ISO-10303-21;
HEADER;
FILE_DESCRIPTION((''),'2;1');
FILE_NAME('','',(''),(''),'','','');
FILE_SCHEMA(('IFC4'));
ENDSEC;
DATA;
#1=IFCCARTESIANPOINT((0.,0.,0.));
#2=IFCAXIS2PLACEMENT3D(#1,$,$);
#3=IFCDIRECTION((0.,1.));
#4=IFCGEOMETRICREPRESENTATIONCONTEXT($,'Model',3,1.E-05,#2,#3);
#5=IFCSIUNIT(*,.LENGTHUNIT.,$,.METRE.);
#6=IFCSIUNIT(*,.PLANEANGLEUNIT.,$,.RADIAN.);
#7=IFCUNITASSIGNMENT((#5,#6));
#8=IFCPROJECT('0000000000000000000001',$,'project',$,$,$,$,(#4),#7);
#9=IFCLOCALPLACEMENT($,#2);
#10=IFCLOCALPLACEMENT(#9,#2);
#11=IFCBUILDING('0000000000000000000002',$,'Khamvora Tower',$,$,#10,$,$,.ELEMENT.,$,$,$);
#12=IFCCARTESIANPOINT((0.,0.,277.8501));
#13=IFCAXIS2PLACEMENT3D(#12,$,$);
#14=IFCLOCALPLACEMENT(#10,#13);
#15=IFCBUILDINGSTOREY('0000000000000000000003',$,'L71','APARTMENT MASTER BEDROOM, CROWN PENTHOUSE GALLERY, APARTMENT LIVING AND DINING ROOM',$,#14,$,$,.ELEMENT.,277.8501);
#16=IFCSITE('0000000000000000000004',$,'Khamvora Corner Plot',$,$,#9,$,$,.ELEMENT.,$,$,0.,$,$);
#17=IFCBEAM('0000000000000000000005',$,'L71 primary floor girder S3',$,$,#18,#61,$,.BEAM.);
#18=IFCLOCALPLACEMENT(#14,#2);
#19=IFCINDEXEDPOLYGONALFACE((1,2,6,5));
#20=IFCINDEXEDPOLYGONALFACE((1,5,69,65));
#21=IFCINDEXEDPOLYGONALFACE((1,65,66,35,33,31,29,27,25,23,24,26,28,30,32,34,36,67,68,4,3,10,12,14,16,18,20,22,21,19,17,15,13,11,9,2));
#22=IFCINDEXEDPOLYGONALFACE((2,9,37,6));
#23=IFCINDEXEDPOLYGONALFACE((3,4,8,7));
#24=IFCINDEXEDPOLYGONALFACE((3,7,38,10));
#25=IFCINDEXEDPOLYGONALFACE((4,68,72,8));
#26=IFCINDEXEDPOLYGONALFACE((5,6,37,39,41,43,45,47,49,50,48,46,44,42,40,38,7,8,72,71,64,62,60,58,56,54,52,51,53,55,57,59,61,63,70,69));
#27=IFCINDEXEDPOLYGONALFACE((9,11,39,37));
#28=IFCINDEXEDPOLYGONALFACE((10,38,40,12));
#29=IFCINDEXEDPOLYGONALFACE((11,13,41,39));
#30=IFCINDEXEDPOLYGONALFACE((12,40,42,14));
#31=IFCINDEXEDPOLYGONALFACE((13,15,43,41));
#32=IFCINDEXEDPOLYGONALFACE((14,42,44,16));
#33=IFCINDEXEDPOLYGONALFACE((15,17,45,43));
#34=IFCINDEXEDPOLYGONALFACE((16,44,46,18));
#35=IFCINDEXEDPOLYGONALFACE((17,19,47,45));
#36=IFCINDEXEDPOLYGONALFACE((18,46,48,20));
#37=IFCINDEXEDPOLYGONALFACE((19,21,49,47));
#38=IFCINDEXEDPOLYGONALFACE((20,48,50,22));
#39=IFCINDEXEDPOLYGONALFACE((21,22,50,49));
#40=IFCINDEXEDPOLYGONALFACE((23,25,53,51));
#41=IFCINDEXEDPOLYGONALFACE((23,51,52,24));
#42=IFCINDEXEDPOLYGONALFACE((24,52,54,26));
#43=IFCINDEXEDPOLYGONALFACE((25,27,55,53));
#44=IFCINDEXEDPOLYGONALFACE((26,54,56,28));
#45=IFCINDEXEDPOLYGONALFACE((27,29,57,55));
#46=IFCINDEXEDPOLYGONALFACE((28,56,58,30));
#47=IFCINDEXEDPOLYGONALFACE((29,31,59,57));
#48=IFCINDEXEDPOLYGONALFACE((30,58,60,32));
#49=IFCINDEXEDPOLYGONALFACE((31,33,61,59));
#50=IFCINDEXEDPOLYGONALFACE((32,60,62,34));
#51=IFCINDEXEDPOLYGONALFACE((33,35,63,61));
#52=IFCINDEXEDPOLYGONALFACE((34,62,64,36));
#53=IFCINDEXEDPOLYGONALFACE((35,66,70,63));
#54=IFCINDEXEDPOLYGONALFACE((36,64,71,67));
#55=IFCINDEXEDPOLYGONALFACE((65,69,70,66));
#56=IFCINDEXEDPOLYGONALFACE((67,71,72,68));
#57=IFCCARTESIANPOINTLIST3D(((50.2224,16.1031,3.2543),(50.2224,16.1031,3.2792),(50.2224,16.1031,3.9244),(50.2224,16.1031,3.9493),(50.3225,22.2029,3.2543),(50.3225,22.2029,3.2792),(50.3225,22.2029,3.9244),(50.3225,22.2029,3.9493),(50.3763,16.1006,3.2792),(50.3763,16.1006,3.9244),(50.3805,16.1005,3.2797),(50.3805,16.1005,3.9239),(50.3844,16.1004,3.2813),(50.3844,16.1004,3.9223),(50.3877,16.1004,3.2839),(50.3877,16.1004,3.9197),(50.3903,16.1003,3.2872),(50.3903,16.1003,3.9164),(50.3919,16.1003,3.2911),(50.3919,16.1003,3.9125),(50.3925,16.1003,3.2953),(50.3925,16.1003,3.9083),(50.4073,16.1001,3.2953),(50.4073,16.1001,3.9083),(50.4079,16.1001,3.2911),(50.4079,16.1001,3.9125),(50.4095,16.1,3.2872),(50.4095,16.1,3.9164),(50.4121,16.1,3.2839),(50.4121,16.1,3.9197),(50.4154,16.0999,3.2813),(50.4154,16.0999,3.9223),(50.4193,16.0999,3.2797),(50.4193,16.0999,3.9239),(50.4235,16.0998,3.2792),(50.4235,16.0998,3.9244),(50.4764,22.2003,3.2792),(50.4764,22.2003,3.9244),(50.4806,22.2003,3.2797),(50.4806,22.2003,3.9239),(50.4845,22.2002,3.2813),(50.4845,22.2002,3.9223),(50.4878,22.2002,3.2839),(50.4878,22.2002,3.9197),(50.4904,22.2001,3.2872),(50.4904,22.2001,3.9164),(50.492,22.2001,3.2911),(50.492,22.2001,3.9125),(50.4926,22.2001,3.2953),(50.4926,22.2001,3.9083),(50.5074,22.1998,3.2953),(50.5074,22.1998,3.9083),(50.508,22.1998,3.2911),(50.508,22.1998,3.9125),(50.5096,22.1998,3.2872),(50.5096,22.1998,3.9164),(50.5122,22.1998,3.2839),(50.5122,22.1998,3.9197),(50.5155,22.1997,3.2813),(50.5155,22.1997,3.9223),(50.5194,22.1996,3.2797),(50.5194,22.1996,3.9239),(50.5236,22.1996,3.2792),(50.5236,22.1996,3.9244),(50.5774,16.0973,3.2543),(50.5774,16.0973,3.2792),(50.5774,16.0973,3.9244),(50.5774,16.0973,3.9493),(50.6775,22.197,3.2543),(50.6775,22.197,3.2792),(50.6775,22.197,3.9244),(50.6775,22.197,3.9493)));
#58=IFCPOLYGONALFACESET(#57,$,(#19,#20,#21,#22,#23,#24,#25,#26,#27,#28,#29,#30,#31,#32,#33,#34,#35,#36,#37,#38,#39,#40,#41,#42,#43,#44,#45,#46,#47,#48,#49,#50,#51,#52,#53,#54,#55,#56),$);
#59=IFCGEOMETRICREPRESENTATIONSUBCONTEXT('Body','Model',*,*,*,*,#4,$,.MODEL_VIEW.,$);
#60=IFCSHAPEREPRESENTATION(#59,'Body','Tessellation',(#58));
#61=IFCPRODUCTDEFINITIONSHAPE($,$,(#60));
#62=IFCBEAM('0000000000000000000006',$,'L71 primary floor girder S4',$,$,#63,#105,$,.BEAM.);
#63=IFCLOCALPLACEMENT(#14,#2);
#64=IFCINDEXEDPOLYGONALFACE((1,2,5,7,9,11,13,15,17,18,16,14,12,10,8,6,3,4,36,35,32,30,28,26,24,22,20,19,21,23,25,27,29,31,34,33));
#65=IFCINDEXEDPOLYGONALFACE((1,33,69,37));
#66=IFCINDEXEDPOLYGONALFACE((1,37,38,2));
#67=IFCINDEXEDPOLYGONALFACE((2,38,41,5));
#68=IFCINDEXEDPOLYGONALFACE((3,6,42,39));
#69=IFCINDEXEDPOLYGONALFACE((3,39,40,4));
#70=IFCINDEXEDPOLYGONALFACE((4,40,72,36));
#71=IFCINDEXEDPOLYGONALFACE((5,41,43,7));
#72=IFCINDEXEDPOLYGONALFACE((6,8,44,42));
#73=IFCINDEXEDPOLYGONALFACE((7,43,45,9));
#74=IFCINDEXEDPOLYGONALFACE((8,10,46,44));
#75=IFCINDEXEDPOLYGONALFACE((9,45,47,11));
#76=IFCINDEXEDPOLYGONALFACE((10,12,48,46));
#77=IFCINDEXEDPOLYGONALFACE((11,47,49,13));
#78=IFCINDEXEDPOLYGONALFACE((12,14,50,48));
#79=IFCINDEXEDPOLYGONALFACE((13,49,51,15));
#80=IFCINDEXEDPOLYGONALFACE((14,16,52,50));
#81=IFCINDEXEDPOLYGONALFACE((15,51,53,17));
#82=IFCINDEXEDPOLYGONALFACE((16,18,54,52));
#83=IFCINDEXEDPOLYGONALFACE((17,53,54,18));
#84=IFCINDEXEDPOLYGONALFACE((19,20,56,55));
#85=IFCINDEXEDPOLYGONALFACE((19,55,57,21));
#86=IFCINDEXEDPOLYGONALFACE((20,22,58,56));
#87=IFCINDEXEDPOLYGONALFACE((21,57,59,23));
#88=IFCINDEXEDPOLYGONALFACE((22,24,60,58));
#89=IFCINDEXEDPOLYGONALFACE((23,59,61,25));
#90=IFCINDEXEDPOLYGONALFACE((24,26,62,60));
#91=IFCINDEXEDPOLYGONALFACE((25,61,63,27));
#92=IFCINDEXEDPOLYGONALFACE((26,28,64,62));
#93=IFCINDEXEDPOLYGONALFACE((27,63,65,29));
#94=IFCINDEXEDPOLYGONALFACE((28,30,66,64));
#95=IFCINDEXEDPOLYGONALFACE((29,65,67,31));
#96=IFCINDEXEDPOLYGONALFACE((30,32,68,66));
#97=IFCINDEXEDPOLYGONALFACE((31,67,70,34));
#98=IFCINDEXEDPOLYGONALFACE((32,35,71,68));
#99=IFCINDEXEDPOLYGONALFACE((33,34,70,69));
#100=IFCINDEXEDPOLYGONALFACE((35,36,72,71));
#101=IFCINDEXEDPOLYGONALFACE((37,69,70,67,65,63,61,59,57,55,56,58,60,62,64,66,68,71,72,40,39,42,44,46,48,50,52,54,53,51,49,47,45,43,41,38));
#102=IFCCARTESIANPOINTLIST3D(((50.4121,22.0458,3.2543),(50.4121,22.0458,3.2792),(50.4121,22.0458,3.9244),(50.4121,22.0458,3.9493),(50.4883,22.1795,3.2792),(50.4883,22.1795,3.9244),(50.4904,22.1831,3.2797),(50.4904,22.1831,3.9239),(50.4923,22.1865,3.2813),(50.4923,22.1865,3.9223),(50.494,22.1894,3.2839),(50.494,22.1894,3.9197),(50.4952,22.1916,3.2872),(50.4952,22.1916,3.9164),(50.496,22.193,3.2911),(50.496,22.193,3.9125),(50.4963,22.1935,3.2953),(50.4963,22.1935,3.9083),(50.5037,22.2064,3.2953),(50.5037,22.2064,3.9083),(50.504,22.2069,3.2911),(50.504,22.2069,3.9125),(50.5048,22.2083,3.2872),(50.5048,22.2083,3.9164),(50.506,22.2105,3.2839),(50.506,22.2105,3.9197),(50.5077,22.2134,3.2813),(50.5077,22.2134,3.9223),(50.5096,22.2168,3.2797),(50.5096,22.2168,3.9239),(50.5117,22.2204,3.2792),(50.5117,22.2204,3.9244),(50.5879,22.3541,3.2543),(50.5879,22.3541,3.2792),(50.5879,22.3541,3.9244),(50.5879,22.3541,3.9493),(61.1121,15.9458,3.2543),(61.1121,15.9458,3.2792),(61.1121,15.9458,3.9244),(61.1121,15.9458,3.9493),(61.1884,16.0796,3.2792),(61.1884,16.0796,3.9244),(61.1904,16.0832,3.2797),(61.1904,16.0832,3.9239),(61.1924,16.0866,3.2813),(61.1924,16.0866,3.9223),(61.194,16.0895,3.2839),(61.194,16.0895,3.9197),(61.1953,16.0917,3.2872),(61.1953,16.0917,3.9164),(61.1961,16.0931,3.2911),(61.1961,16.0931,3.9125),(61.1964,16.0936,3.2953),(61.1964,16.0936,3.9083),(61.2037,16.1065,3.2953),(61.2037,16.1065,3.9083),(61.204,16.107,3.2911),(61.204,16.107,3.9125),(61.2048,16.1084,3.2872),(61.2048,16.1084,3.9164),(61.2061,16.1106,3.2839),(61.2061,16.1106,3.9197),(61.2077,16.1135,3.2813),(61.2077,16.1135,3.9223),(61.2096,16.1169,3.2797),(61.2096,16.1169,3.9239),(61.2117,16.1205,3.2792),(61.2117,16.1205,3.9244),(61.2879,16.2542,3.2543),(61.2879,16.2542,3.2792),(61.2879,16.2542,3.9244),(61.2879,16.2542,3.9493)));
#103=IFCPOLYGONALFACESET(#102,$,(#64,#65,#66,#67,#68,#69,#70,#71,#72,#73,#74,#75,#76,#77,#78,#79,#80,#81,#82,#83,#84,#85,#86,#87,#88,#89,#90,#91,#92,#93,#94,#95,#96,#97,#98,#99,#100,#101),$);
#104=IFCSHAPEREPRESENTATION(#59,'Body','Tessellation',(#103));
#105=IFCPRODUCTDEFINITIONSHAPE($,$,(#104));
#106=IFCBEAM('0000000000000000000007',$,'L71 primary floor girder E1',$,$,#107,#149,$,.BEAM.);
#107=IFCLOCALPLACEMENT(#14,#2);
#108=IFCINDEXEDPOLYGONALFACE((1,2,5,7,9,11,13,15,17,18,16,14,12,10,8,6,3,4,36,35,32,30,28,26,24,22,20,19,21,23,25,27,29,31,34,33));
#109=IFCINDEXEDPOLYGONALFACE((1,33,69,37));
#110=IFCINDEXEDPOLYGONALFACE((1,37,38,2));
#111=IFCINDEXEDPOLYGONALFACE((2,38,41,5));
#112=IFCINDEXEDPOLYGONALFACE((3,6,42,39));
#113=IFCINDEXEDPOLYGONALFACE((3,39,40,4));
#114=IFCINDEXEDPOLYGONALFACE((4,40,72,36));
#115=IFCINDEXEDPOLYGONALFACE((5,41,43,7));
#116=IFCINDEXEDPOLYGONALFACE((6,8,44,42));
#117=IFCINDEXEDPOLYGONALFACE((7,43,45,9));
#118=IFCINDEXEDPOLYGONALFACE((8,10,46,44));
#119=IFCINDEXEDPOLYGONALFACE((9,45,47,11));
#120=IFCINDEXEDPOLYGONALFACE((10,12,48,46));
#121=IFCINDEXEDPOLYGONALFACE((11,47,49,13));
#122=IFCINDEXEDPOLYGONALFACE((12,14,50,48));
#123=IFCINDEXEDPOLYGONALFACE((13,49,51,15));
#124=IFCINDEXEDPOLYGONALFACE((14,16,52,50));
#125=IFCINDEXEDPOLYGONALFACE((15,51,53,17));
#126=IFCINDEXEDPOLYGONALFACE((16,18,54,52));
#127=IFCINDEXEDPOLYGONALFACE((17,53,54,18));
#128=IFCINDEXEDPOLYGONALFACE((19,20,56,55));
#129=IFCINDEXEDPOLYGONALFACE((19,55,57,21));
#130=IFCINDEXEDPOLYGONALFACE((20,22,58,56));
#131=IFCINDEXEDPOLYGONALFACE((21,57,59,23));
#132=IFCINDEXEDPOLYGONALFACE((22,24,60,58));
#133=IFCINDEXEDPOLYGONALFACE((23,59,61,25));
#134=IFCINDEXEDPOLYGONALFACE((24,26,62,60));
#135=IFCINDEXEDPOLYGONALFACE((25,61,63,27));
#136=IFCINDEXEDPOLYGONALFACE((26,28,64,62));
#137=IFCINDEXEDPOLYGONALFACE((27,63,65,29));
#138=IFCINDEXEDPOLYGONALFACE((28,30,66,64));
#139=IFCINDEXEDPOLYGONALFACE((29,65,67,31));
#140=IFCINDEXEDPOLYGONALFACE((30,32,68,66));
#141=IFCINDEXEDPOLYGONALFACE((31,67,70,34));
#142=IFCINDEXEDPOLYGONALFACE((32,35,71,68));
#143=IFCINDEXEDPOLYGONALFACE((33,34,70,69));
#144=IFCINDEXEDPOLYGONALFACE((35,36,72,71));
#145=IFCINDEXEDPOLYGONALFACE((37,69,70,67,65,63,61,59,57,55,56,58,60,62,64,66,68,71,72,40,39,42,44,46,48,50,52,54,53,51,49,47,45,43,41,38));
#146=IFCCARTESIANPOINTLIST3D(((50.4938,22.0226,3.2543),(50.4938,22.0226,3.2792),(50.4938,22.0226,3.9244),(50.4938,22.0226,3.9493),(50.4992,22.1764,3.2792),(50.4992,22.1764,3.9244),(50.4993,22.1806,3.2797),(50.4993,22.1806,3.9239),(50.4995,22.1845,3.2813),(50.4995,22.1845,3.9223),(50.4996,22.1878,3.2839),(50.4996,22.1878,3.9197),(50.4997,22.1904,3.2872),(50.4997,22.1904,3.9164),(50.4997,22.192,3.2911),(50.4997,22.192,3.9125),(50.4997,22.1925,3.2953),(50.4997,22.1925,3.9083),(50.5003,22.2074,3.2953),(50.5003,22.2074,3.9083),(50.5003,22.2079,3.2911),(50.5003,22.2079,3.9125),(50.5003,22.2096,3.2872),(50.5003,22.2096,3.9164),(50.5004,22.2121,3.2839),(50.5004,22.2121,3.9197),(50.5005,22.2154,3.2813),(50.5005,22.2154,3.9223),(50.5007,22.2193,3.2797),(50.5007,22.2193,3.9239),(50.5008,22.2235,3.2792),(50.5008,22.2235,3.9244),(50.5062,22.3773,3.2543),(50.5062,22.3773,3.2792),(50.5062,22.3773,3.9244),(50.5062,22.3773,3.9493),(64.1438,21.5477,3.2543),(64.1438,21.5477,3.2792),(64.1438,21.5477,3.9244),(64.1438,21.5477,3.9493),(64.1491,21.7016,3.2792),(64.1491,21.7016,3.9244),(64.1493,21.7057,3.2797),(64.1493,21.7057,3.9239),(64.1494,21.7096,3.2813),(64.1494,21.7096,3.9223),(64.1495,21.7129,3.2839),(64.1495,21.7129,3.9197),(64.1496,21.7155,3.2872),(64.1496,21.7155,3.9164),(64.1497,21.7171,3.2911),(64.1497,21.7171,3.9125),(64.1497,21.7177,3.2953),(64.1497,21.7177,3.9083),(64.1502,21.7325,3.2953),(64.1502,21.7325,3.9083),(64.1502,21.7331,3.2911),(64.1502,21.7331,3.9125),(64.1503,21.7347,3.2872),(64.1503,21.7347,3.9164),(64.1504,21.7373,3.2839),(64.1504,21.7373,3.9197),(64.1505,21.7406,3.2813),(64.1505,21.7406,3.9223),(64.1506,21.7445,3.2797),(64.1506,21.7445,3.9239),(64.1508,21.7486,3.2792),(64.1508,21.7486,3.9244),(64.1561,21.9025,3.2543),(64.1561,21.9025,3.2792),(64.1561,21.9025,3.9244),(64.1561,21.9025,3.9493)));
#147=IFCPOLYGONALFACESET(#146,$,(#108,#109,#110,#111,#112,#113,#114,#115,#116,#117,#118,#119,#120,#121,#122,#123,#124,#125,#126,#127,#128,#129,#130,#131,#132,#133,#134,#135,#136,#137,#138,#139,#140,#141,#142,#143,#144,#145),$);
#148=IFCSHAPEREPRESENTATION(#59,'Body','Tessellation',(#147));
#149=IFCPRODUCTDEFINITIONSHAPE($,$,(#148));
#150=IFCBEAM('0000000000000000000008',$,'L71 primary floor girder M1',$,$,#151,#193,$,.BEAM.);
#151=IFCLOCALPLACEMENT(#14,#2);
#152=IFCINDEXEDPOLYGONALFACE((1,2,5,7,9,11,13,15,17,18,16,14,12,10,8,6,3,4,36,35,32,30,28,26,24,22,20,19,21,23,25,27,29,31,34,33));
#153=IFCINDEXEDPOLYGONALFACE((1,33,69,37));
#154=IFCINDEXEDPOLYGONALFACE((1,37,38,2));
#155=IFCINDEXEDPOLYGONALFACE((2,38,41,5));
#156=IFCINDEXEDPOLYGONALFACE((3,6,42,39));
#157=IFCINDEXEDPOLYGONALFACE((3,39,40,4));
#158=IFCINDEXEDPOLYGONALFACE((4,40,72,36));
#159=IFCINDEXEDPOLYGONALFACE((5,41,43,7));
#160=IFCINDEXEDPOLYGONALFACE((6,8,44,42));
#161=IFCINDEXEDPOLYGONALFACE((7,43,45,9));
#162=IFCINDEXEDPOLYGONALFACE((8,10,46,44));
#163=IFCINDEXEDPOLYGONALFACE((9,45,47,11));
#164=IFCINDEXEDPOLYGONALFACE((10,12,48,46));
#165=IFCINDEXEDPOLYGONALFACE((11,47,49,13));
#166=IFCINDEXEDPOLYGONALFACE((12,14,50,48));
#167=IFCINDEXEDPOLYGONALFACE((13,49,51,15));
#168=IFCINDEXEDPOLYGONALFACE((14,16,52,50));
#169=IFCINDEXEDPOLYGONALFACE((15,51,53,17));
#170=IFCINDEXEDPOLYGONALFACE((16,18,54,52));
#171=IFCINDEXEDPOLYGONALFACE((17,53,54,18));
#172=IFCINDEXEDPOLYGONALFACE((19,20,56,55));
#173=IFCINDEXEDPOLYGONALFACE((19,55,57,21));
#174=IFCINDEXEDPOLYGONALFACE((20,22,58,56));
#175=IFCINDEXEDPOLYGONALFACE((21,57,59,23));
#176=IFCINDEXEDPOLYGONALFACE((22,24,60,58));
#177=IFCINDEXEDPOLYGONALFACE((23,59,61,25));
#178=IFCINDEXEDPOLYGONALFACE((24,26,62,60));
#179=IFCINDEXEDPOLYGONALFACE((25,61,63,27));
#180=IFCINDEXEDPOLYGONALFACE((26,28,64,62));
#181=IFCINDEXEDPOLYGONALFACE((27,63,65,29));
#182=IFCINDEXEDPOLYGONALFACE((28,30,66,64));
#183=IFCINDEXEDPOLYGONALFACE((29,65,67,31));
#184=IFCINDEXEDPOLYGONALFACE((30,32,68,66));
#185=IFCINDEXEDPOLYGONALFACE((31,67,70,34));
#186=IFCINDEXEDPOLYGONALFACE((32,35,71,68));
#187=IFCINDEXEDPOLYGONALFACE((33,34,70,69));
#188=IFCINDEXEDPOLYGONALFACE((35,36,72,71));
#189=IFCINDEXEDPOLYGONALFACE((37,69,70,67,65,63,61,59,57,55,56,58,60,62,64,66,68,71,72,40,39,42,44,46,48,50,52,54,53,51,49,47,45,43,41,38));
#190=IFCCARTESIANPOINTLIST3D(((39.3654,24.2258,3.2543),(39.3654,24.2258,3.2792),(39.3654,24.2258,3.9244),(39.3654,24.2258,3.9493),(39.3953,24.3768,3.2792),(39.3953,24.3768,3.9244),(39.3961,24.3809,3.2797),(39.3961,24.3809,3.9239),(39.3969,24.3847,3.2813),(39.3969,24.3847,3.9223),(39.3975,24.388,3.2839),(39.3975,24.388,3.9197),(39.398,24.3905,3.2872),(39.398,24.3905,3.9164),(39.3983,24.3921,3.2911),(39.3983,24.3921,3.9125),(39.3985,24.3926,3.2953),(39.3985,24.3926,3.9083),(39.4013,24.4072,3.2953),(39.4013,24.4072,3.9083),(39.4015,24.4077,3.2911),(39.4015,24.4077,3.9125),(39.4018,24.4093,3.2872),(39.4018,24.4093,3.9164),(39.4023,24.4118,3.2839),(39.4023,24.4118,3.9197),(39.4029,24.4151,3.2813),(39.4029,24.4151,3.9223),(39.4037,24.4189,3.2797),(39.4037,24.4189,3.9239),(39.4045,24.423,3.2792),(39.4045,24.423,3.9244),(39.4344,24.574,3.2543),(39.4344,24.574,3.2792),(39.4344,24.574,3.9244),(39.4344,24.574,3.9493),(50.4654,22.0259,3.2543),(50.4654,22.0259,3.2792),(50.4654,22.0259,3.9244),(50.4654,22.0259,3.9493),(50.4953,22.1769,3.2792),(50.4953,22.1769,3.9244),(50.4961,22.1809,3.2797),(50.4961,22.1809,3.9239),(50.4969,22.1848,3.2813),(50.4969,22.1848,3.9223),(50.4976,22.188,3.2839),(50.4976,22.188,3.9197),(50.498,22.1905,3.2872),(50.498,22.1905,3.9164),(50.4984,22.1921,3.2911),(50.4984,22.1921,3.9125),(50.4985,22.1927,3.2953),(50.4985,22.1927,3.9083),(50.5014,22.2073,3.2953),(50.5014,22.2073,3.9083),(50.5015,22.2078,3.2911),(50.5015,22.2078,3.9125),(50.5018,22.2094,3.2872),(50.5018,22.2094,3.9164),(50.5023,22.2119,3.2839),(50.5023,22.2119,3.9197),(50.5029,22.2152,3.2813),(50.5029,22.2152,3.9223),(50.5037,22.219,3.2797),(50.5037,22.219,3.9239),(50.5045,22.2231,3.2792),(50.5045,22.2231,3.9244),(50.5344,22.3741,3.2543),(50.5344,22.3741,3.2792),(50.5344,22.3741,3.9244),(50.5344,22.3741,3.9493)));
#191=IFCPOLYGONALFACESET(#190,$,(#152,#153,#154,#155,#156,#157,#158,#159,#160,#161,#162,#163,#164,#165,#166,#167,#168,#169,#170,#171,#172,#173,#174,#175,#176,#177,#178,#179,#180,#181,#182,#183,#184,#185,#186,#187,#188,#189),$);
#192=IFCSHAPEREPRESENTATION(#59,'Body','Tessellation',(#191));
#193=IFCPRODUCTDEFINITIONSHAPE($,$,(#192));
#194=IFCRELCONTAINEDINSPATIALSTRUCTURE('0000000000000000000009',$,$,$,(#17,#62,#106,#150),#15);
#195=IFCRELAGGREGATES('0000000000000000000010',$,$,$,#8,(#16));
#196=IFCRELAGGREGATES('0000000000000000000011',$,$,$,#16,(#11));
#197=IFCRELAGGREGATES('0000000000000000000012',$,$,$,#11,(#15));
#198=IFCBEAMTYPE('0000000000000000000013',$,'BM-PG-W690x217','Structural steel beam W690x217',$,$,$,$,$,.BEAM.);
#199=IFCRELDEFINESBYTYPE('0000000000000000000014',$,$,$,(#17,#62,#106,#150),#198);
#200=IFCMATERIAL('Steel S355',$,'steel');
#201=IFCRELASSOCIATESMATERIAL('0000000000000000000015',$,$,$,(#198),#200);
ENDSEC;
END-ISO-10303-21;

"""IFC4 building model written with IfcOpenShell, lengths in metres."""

from ifc_helpers import new_model, si_unit, direction, frame, origin, origin_2d, place, context, subcontext, project, spatial, i_section, extrude, material, material_profile, profile_set, type_object, element, save


model = new_model("IFC4")

# Units and contexts
model_context = context("Model", 3, precision=1e-05, world=origin(), true_north=direction((0.0, 1.0)))
body_context = subcontext(model_context, "Body", "Model", "MODEL_VIEW")
ifc_project = project(units=[si_unit("LENGTHUNIT", "METRE"), si_unit("PLANEANGLEUNIT", "RADIAN")], contexts=[model_context])

# Site, building, storey
site_placement = place(None, origin())
site = spatial("IfcSite", under=ifc_project, at=site_placement, Name="Khamvora Corner Plot", CompositionType="ELEMENT", RefElevation=0.0)
building_placement = place(site_placement, origin())
building = spatial("IfcBuilding", under=site, at=building_placement, Name="Khamvora Tower", CompositionType="ELEMENT")
storey_placement = place(building_placement, frame((0.0, 0.0, 277.8501)))
storey = spatial("IfcBuildingStorey", under=building, at=storey_placement, Name="L71", Description="APARTMENT MASTER BEDROOM, CROWN PENTHOUSE GALLERY, APARTMENT LIVING AND DINING ROOM", CompositionType="ELEMENT", Elevation=277.8501)

# Shared definitions
ifc_material_1 = material(Name="Steel S355", Category="steel")

# Beams
ifc_material_profile_1 = material_profile(ifc_material_1, i_section(OverallWidth=0.355, OverallDepth=0.6951, WebThickness=0.0149, FlangeThickness=0.0249, FilletRadius=0.0161, at=origin_2d()), Name="W690x217")
ifc_profile_set_1 = profile_set([ifc_material_profile_1], Name="Steel S355")
beam_type_1 = type_object("IfcBeamType", Name="BM-PG-W690x217", Description="Structural steel beam W690x217", PredefinedType="BEAM", material=ifc_profile_set_1)
beam_1_placement = place(storey_placement, frame((50.5, 22.2, 3.6018), z_axis=(-0.016408, -0.999865, 0.0), x_axis=(0.999865, -0.016408, 0.0)))
element("IfcBeam", 1, at=beam_1_placement, inside=storey, type_object=beam_type_1, Name="L71 primary floor girder S3", PredefinedType="BEAM", context=body_context, shape_type="SweptSolid", body=[
    extrude(i_section(OverallWidth=0.355, OverallDepth=0.6951, WebThickness=0.0149, FlangeThickness=0.0249, FilletRadius=0.0161, at=origin_2d()), origin(), (0.0, 0.0, 1.0), 6.1006),
])
beam_2_placement = place(storey_placement, frame((50.5, 22.2, 3.6018), z_axis=(0.868746, -0.495257, 0.0), x_axis=(0.495257, 0.868746, 0.0)))
element("IfcBeam", 2, at=beam_2_placement, inside=storey, type_object=beam_type_1, Name="L71 primary floor girder S4", PredefinedType="BEAM", context=body_context, shape_type="SweptSolid", body=[
    extrude(i_section(OverallWidth=0.355, OverallDepth=0.6951, WebThickness=0.0149, FlangeThickness=0.0249, FilletRadius=0.0161, at=origin_2d()), origin(), (0.0, 0.0, 1.0), 12.3167),
])
beam_3_placement = place(storey_placement, frame((50.5, 22.2, 3.6018), z_axis=(0.999395, -0.034767, 0.0), x_axis=(0.034767, 0.999395, 0.0)))
element("IfcBeam", 3, at=beam_3_placement, inside=storey, type_object=beam_type_1, Name="L71 primary floor girder E1", PredefinedType="BEAM", context=body_context, shape_type="SweptSolid", body=[
    extrude(i_section(OverallWidth=0.355, OverallDepth=0.6951, WebThickness=0.0149, FlangeThickness=0.0249, FilletRadius=0.0161, at=origin_2d()), origin(), (0.0, 0.0, 1.0), 13.6582),
])
beam_4_placement = place(storey_placement, frame((39.3999, 24.3999, 3.6018), z_axis=(0.98092, -0.194411, 0.0), x_axis=(0.194411, 0.98092, 0.0)))
element("IfcBeam", 4, at=beam_4_placement, inside=storey, type_object=beam_type_1, Name="L71 primary floor girder M1", PredefinedType="BEAM", context=body_context, shape_type="SweptSolid", body=[
    extrude(i_section(OverallWidth=0.355, OverallDepth=0.6951, WebThickness=0.0149, FlangeThickness=0.0249, FilletRadius=0.0161, at=origin_2d()), origin(), (0.0, 0.0, 1.0), 11.3159),
])

save(model, "model.ifc")
